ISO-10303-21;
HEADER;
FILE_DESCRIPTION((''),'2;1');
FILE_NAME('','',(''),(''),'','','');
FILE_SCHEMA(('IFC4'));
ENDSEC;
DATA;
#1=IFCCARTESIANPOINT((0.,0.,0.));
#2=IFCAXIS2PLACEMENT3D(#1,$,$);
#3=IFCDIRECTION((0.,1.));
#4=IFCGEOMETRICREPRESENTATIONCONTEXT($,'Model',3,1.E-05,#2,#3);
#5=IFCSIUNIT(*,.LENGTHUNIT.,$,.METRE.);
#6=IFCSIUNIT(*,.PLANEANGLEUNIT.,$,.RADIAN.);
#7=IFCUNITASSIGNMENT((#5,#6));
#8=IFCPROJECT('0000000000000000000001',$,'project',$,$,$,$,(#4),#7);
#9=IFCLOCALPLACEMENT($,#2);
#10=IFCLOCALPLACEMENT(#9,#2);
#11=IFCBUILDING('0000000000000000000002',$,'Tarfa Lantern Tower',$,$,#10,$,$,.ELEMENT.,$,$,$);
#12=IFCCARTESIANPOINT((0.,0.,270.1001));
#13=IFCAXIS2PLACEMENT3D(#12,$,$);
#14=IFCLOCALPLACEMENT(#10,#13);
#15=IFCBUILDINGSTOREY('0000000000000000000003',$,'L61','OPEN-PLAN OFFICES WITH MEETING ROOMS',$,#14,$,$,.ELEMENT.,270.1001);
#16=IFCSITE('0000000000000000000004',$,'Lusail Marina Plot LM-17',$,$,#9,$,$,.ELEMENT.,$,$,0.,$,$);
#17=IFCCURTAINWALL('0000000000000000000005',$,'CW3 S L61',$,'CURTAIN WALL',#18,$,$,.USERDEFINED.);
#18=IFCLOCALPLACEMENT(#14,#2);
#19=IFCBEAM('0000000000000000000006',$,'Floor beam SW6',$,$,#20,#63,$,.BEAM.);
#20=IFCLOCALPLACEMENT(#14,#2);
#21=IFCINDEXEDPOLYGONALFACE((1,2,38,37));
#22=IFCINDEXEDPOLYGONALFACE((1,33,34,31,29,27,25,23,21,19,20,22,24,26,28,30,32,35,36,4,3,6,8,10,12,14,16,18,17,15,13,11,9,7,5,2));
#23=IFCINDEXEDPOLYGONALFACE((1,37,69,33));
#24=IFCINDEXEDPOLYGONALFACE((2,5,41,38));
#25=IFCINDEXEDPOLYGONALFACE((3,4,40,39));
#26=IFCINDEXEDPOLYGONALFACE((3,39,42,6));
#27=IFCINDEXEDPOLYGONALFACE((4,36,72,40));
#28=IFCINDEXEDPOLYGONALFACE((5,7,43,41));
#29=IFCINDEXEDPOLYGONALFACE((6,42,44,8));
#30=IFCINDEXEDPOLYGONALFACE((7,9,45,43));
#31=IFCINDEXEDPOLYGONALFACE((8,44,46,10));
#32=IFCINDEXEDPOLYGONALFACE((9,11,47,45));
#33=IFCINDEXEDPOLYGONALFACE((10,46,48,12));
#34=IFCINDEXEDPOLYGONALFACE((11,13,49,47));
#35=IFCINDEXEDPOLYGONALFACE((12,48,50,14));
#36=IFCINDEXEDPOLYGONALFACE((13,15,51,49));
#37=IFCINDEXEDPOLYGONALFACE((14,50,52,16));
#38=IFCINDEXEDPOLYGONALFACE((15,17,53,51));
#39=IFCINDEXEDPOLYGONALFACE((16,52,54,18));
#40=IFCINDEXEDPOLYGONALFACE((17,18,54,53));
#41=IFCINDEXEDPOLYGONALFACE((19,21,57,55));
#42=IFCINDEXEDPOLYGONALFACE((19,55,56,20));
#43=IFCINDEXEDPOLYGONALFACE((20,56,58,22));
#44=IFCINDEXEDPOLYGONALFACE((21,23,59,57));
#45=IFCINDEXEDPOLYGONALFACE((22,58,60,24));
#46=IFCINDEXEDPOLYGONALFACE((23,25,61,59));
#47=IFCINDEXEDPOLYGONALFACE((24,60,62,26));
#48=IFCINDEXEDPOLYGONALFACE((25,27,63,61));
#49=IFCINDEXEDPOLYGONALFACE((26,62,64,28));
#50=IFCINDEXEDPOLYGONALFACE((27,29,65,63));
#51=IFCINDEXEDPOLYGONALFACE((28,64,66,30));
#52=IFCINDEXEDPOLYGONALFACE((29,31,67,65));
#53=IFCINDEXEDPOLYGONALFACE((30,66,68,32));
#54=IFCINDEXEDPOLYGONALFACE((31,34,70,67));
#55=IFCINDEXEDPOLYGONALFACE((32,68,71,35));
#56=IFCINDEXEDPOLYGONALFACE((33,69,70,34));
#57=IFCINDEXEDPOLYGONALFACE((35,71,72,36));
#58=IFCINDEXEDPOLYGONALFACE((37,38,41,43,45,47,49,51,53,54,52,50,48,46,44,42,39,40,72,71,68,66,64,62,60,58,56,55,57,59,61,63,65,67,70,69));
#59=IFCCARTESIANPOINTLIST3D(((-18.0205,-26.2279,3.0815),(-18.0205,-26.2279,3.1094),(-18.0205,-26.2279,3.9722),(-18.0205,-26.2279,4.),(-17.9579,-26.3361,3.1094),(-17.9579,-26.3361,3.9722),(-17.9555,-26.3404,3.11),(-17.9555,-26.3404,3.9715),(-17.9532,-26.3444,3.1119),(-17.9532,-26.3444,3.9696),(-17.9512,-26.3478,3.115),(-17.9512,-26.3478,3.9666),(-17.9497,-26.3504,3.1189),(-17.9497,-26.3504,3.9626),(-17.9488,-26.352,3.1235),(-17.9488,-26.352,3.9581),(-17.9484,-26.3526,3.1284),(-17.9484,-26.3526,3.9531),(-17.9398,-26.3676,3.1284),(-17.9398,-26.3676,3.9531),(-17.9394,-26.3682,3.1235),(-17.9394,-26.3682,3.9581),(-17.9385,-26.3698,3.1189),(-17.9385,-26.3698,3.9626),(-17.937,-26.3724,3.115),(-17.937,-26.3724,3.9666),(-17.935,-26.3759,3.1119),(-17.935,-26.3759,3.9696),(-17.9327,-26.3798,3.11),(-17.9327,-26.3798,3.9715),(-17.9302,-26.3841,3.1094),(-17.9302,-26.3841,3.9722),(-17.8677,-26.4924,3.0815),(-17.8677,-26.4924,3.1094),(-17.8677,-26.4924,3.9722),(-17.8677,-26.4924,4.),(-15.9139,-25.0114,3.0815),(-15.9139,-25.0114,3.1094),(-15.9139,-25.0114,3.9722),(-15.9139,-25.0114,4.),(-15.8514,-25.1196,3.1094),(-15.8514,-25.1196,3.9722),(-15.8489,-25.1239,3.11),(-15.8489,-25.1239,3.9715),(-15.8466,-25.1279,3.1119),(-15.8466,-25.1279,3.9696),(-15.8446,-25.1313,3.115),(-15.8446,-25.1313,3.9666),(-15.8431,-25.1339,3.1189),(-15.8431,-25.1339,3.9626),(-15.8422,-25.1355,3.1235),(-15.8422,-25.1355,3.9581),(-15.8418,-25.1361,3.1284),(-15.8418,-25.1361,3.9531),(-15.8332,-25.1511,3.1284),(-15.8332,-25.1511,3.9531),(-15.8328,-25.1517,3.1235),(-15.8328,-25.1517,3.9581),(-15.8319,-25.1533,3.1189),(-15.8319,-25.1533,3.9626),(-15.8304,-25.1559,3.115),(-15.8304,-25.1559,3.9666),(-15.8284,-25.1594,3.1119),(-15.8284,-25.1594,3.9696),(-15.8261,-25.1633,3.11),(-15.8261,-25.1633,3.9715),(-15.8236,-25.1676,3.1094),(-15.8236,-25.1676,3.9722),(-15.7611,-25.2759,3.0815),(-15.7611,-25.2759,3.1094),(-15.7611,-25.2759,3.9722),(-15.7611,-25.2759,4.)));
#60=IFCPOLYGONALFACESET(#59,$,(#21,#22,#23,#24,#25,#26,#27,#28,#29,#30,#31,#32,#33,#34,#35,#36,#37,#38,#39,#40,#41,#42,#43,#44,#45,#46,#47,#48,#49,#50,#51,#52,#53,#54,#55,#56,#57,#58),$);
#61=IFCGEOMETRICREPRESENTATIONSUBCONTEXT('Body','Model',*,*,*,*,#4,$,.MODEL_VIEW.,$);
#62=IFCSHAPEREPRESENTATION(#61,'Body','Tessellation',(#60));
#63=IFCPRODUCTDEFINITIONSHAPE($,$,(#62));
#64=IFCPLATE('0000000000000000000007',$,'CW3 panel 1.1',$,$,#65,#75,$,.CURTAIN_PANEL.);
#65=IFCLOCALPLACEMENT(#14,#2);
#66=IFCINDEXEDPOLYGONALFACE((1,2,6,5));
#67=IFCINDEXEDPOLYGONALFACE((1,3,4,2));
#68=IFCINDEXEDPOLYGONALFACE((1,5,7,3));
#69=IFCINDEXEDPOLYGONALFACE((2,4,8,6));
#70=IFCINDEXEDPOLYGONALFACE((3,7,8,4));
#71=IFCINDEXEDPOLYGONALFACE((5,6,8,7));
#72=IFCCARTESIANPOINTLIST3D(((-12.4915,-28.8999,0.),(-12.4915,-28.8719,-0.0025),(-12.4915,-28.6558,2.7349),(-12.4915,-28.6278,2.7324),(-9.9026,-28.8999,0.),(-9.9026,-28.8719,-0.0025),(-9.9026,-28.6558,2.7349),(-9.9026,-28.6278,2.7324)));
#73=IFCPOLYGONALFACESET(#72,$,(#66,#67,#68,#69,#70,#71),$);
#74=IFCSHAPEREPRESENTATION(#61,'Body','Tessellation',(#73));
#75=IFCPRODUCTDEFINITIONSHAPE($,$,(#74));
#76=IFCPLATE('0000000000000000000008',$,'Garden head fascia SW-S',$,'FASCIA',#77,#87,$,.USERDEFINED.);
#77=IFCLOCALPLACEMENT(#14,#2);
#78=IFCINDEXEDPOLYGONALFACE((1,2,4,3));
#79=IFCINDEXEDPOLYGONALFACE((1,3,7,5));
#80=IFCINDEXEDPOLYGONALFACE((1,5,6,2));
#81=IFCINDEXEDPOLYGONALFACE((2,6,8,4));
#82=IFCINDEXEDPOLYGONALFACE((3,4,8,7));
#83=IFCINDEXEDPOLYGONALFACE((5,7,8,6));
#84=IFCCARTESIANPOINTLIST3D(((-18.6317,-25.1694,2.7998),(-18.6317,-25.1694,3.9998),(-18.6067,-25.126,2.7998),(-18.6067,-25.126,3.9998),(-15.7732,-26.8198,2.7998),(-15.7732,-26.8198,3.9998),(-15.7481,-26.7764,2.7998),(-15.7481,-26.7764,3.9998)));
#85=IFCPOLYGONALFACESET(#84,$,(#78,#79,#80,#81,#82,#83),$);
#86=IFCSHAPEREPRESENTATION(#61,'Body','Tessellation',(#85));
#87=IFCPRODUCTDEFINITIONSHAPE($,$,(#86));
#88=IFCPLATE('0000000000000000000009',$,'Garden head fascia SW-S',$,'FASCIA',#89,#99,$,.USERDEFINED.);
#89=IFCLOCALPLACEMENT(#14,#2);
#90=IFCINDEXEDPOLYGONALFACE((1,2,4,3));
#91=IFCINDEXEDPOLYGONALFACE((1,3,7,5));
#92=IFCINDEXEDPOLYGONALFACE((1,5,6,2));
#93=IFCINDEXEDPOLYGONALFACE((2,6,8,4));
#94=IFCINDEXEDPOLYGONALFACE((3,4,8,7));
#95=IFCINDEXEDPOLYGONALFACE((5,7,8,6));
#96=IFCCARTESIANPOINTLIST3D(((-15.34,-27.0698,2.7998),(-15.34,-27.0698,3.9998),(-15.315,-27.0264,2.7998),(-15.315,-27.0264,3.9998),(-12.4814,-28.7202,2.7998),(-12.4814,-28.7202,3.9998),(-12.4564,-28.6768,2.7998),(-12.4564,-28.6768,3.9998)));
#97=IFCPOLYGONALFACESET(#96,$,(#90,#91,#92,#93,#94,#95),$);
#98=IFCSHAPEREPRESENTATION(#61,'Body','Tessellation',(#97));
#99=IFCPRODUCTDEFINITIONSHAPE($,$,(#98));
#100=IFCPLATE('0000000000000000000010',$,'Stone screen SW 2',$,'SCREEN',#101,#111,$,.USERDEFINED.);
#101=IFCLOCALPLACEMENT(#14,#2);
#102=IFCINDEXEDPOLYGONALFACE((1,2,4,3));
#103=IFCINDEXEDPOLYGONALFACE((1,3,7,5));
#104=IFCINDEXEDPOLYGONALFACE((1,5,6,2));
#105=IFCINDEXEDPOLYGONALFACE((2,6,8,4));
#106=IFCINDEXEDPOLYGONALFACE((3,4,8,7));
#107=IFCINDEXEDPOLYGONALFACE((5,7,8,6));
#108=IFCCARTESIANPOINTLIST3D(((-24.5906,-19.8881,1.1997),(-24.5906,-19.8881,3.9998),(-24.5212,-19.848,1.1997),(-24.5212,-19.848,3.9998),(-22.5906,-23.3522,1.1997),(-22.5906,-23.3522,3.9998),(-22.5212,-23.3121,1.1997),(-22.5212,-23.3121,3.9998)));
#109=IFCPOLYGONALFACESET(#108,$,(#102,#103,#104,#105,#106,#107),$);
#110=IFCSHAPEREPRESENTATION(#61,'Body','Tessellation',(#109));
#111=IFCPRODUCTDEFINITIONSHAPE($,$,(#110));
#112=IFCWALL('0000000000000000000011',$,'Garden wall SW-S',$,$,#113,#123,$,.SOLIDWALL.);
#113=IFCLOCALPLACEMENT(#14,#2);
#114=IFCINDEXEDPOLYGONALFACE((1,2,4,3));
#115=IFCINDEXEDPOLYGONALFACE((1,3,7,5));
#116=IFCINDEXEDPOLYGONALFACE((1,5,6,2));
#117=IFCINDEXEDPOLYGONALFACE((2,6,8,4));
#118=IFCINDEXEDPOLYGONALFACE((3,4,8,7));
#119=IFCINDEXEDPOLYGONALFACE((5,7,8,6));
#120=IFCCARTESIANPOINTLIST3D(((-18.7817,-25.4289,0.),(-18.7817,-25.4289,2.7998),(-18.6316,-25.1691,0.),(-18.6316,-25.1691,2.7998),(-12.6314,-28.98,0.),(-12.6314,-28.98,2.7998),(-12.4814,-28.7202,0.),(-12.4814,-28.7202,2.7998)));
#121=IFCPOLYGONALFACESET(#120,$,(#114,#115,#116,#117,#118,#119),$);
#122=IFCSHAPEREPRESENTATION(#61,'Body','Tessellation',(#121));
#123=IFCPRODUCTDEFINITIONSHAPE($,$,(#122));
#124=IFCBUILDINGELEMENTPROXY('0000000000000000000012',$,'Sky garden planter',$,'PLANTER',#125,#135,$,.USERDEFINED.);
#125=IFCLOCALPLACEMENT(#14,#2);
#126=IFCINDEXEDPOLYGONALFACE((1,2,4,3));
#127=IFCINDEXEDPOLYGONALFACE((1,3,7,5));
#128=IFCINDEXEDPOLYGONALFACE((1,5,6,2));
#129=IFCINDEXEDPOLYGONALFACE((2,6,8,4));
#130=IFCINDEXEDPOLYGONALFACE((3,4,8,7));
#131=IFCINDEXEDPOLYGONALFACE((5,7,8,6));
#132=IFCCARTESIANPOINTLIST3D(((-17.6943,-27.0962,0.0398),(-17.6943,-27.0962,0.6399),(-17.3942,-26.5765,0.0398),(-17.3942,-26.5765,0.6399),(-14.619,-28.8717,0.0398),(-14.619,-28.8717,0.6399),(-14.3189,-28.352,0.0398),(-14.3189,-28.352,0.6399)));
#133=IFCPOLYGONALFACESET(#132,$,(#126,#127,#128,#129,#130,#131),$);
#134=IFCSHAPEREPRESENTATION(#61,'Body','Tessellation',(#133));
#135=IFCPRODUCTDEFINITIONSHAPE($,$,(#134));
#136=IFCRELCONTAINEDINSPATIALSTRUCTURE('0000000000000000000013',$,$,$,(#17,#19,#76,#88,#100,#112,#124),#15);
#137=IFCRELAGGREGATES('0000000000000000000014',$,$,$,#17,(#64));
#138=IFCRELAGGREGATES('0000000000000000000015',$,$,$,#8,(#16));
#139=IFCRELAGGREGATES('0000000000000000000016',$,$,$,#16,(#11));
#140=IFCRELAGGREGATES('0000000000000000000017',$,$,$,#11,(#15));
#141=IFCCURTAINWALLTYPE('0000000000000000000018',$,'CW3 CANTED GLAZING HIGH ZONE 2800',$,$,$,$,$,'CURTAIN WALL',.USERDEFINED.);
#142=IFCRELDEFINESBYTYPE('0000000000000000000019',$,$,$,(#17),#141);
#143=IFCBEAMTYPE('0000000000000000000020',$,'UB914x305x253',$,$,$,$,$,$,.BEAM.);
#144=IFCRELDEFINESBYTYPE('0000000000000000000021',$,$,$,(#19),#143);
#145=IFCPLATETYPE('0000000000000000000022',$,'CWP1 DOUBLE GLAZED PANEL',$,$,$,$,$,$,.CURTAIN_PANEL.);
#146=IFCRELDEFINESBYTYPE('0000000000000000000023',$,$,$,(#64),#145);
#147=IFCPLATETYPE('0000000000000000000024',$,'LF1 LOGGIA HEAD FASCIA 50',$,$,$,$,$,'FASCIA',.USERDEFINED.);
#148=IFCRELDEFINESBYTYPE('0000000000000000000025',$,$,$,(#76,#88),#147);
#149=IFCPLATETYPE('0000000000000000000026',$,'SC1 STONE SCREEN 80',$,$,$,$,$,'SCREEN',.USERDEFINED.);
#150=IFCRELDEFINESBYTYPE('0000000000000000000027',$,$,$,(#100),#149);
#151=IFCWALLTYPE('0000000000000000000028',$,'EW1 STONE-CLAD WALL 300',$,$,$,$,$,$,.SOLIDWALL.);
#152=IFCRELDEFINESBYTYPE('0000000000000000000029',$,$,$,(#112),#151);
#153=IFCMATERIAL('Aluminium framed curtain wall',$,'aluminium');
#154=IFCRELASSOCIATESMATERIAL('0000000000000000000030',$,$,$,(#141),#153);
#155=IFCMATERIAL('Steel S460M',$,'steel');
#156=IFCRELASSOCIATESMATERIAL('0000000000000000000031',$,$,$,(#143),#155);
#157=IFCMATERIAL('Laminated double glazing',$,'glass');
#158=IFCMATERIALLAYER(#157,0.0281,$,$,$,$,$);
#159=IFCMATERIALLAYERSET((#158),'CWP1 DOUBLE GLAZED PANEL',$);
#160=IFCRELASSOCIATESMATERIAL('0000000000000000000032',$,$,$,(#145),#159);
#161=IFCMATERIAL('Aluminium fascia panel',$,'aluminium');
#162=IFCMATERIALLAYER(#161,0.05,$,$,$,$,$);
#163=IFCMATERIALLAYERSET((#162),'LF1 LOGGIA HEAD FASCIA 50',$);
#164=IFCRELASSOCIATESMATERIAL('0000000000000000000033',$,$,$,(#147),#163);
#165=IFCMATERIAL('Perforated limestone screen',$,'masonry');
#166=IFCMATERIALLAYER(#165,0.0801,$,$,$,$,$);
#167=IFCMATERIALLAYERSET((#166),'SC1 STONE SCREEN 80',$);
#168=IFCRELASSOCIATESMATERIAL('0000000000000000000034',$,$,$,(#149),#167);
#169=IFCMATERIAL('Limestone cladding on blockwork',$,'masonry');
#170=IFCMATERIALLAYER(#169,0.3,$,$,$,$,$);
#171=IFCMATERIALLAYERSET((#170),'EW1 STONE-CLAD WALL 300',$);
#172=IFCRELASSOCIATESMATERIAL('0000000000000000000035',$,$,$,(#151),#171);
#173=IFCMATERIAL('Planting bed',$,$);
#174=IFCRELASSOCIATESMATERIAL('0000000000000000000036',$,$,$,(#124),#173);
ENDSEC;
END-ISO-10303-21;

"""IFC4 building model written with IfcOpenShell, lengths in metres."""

from ifc_helpers import new_model, si_unit, direction, frame, frame_2d, origin, origin_2d, place, context, subcontext, project, spatial, polyline, rectangle, i_section, outline, extrude, material, layer, layer_set, material_profile, profile_set, type_object, element, aggregate, save


model = new_model("IFC4")

# Units and contexts
model_context = context("Model", 3, precision=1e-05, world=origin(), true_north=direction((0.0, 1.0)))
body_context = subcontext(model_context, "Body", "Model", "MODEL_VIEW")
ifc_project = project(units=[si_unit("LENGTHUNIT", "METRE"), si_unit("PLANEANGLEUNIT", "RADIAN")], contexts=[model_context])

# Site, building, storey
site_placement = place(None, origin())
site = spatial("IfcSite", under=ifc_project, at=site_placement, Name="Lusail Marina Plot LM-17", CompositionType="ELEMENT", RefElevation=0.0)
building_placement = place(site_placement, origin())
building = spatial("IfcBuilding", under=site, at=building_placement, Name="Tarfa Lantern Tower", CompositionType="ELEMENT")
storey_placement = place(building_placement, frame((0.0, 0.0, 270.1001)))
storey = spatial("IfcBuildingStorey", under=building, at=storey_placement, Name="L61", Description="OPEN-PLAN OFFICES WITH MEETING ROOMS", CompositionType="ELEMENT", Elevation=270.1001)

# Curtain wall
ifc_material_1 = material(Name="Aluminium framed curtain wall", Category="aluminium")
curtain_wall_type = type_object("IfcCurtainWallType", Name="CW3 CANTED GLAZING HIGH ZONE 2800", ElementType="CURTAIN WALL", PredefinedType="USERDEFINED", material=ifc_material_1)
curtain_wall_placement = place(storey_placement, origin())
curtain_wall = element("IfcCurtainWall", 1, at=curtain_wall_placement, inside=storey, type_object=curtain_wall_type, Name="CW3 S L61", ObjectType="CURTAIN WALL", PredefinedType="USERDEFINED")

# Beam
ifc_material_2 = material(Name="Steel S460M", Category="steel")
ifc_material_profile_1 = material_profile(ifc_material_2, i_section(OverallWidth=0.3054, OverallDepth=0.9185, WebThickness=0.0173, FlangeThickness=0.0278, FilletRadius=0.019, at=origin_2d()), Name="UB914x305x253")
ifc_profile_set_1 = profile_set([ifc_material_profile_1], Name="Steel S460M")
beam_type_1 = type_object("IfcBeamType", Name="UB914x305x253", PredefinedType="BEAM", material=ifc_profile_set_1)
beam_1_placement = place(storey_placement, frame((-17.9441, -26.3601, 3.5408), z_axis=(0.86598, 0.500079, 0.0), x_axis=(-0.500079, 0.86598, 0.0)))
element("IfcBeam", 2, at=beam_1_placement, inside=storey, type_object=beam_type_1, Name="Floor beam SW6", PredefinedType="BEAM", context=body_context, shape_type="SweptSolid", body=[
    extrude(i_section(OverallWidth=0.3054, OverallDepth=0.9185, WebThickness=0.0173, FlangeThickness=0.0278, FilletRadius=0.019, at=origin_2d()), origin(), (0.0, 0.0, 1.0), 2.4326),
])

# Plate
ifc_material_3 = material(Name="Laminated double glazing", Category="glass")
ifc_layer_1 = layer(ifc_material_3, 0.0281)
ifc_layer_set_1 = layer_set([ifc_layer_1], Name="CWP1 DOUBLE GLAZED PANEL")
plate_type_1 = type_object("IfcPlateType", Name="CWP1 DOUBLE GLAZED PANEL", PredefinedType="CURTAIN_PANEL", material=ifc_layer_set_1)
plate_1_placement = place(storey_placement, frame((-12.4915, -28.8999, 0.0), z_axis=(0.0, -0.996039, 0.088916), x_axis=(1.0, 0.0, 0.0)))
plate_1 = element("IfcPlate", 3, at=plate_1_placement, type_object=plate_type_1, Name="CW3 panel 1.1", PredefinedType="CURTAIN_PANEL", context=body_context, shape_type="SweptSolid", body=[
    extrude(outline(polyline([(0.0, 0.0), (2.5889, 0.0), (2.5889, 2.7457), (0.0, 2.7457), (0.0, 0.0)])), origin(), (0.0, 0.0, -1.0), 0.0281),
])
aggregate(curtain_wall, [plate_1])

# Plates
ifc_material_4 = material(Name="Aluminium fascia panel", Category="aluminium")
ifc_layer_2 = layer(ifc_material_4, 0.05)
ifc_layer_set_2 = layer_set([ifc_layer_2], Name="LF1 LOGGIA HEAD FASCIA 50")
plate_type_2 = type_object("IfcPlateType", Name="LF1 LOGGIA HEAD FASCIA 50", ElementType="FASCIA", PredefinedType="USERDEFINED", material=ifc_layer_set_2)
for number, where, z_axis, x_axis, name in (
    (4, (-17.1899, -25.9729, 2.7998), (0.0, 0.0, 1.0), (0.866025, -0.5, 0.0), "Garden head fascia SW-S"),
    (5, (-13.8982, -27.8733, 2.7998), (0.0, 0.0, 1.0), (0.866025, -0.5, 0.0), "Garden head fascia SW-S"),
):
    element("IfcPlate", number, at=place(storey_placement, frame(where, z_axis=z_axis, x_axis=x_axis)), inside=storey, type_object=plate_type_2, Name=name, ObjectType="FASCIA", PredefinedType="USERDEFINED", context=body_context, shape_type="SweptSolid", body=[
        extrude(rectangle(XDim=3.3008, YDim=0.05, at=origin_2d()), origin(), (0.0, 0.0, 1.0), 1.2),
    ])
ifc_material_5 = material(Name="Perforated limestone screen", Category="masonry")
ifc_layer_3 = layer(ifc_material_5, 0.0801)
ifc_layer_set_3 = layer_set([ifc_layer_3], Name="SC1 STONE SCREEN 80")
plate_type_3 = type_object("IfcPlateType", Name="SC1 STONE SCREEN 80", ElementType="SCREEN", PredefinedType="USERDEFINED", material=ifc_layer_set_3)
plate_2_placement = place(storey_placement, frame((-23.5559, -21.6001, 1.1997), z_axis=(0.0, 0.0, 1.0), x_axis=(0.5, -0.866025, 0.0)))
element("IfcPlate", 6, at=plate_2_placement, inside=storey, type_object=plate_type_3, Name="Stone screen SW 2", ObjectType="SCREEN", PredefinedType="USERDEFINED", context=body_context, shape_type="SweptSolid", body=[
    extrude(rectangle(XDim=4.0, YDim=0.0801, at=origin_2d()), origin(), (0.0, 0.0, 1.0), 2.8),
])

# Wall
ifc_material_6 = material(Name="Limestone cladding on blockwork", Category="masonry")
ifc_layer_4 = layer(ifc_material_6, 0.3)
ifc_layer_set_4 = layer_set([ifc_layer_4], Name="EW1 STONE-CLAD WALL 300")
wall_type = type_object("IfcWallType", Name="EW1 STONE-CLAD WALL 300", PredefinedType="SOLIDWALL", material=ifc_layer_set_4)
wall_placement = place(storey_placement, frame((-18.7065, -25.2991, 0.0), z_axis=(0.0, 0.0, 1.0), x_axis=(0.866011, -0.500025, 0.0)))
element("IfcWall", 7, at=wall_placement, inside=storey, type_object=wall_type, Name="Garden wall SW-S", PredefinedType="SOLIDWALL", context=body_context, shape_type="SweptSolid", body=[
    extrude(rectangle(XDim=7.1018, YDim=0.3, at=frame_2d((3.5508, 0.0))), origin(), (0.0, 0.0, 1.0), 2.7998),
])

# Building element proxy
ifc_material_7 = material(Name="Planting bed")
proxy_placement = place(storey_placement, frame((-16.0066, -27.7241, 0.0398), z_axis=(0.0, 0.0, 1.0), x_axis=(0.866025, -0.5, 0.0)))
element("IfcBuildingElementProxy", 8, at=proxy_placement, inside=storey, material=ifc_material_7, Name="Sky garden planter", ObjectType="PLANTER", PredefinedType="USERDEFINED", context=body_context, shape_type="SweptSolid", body=[
    extrude(rectangle(XDim=3.551, YDim=0.6001, at=origin_2d()), origin(), (0.0, 0.0, 1.0), 0.6001),
])

save(model, "model.ifc")
